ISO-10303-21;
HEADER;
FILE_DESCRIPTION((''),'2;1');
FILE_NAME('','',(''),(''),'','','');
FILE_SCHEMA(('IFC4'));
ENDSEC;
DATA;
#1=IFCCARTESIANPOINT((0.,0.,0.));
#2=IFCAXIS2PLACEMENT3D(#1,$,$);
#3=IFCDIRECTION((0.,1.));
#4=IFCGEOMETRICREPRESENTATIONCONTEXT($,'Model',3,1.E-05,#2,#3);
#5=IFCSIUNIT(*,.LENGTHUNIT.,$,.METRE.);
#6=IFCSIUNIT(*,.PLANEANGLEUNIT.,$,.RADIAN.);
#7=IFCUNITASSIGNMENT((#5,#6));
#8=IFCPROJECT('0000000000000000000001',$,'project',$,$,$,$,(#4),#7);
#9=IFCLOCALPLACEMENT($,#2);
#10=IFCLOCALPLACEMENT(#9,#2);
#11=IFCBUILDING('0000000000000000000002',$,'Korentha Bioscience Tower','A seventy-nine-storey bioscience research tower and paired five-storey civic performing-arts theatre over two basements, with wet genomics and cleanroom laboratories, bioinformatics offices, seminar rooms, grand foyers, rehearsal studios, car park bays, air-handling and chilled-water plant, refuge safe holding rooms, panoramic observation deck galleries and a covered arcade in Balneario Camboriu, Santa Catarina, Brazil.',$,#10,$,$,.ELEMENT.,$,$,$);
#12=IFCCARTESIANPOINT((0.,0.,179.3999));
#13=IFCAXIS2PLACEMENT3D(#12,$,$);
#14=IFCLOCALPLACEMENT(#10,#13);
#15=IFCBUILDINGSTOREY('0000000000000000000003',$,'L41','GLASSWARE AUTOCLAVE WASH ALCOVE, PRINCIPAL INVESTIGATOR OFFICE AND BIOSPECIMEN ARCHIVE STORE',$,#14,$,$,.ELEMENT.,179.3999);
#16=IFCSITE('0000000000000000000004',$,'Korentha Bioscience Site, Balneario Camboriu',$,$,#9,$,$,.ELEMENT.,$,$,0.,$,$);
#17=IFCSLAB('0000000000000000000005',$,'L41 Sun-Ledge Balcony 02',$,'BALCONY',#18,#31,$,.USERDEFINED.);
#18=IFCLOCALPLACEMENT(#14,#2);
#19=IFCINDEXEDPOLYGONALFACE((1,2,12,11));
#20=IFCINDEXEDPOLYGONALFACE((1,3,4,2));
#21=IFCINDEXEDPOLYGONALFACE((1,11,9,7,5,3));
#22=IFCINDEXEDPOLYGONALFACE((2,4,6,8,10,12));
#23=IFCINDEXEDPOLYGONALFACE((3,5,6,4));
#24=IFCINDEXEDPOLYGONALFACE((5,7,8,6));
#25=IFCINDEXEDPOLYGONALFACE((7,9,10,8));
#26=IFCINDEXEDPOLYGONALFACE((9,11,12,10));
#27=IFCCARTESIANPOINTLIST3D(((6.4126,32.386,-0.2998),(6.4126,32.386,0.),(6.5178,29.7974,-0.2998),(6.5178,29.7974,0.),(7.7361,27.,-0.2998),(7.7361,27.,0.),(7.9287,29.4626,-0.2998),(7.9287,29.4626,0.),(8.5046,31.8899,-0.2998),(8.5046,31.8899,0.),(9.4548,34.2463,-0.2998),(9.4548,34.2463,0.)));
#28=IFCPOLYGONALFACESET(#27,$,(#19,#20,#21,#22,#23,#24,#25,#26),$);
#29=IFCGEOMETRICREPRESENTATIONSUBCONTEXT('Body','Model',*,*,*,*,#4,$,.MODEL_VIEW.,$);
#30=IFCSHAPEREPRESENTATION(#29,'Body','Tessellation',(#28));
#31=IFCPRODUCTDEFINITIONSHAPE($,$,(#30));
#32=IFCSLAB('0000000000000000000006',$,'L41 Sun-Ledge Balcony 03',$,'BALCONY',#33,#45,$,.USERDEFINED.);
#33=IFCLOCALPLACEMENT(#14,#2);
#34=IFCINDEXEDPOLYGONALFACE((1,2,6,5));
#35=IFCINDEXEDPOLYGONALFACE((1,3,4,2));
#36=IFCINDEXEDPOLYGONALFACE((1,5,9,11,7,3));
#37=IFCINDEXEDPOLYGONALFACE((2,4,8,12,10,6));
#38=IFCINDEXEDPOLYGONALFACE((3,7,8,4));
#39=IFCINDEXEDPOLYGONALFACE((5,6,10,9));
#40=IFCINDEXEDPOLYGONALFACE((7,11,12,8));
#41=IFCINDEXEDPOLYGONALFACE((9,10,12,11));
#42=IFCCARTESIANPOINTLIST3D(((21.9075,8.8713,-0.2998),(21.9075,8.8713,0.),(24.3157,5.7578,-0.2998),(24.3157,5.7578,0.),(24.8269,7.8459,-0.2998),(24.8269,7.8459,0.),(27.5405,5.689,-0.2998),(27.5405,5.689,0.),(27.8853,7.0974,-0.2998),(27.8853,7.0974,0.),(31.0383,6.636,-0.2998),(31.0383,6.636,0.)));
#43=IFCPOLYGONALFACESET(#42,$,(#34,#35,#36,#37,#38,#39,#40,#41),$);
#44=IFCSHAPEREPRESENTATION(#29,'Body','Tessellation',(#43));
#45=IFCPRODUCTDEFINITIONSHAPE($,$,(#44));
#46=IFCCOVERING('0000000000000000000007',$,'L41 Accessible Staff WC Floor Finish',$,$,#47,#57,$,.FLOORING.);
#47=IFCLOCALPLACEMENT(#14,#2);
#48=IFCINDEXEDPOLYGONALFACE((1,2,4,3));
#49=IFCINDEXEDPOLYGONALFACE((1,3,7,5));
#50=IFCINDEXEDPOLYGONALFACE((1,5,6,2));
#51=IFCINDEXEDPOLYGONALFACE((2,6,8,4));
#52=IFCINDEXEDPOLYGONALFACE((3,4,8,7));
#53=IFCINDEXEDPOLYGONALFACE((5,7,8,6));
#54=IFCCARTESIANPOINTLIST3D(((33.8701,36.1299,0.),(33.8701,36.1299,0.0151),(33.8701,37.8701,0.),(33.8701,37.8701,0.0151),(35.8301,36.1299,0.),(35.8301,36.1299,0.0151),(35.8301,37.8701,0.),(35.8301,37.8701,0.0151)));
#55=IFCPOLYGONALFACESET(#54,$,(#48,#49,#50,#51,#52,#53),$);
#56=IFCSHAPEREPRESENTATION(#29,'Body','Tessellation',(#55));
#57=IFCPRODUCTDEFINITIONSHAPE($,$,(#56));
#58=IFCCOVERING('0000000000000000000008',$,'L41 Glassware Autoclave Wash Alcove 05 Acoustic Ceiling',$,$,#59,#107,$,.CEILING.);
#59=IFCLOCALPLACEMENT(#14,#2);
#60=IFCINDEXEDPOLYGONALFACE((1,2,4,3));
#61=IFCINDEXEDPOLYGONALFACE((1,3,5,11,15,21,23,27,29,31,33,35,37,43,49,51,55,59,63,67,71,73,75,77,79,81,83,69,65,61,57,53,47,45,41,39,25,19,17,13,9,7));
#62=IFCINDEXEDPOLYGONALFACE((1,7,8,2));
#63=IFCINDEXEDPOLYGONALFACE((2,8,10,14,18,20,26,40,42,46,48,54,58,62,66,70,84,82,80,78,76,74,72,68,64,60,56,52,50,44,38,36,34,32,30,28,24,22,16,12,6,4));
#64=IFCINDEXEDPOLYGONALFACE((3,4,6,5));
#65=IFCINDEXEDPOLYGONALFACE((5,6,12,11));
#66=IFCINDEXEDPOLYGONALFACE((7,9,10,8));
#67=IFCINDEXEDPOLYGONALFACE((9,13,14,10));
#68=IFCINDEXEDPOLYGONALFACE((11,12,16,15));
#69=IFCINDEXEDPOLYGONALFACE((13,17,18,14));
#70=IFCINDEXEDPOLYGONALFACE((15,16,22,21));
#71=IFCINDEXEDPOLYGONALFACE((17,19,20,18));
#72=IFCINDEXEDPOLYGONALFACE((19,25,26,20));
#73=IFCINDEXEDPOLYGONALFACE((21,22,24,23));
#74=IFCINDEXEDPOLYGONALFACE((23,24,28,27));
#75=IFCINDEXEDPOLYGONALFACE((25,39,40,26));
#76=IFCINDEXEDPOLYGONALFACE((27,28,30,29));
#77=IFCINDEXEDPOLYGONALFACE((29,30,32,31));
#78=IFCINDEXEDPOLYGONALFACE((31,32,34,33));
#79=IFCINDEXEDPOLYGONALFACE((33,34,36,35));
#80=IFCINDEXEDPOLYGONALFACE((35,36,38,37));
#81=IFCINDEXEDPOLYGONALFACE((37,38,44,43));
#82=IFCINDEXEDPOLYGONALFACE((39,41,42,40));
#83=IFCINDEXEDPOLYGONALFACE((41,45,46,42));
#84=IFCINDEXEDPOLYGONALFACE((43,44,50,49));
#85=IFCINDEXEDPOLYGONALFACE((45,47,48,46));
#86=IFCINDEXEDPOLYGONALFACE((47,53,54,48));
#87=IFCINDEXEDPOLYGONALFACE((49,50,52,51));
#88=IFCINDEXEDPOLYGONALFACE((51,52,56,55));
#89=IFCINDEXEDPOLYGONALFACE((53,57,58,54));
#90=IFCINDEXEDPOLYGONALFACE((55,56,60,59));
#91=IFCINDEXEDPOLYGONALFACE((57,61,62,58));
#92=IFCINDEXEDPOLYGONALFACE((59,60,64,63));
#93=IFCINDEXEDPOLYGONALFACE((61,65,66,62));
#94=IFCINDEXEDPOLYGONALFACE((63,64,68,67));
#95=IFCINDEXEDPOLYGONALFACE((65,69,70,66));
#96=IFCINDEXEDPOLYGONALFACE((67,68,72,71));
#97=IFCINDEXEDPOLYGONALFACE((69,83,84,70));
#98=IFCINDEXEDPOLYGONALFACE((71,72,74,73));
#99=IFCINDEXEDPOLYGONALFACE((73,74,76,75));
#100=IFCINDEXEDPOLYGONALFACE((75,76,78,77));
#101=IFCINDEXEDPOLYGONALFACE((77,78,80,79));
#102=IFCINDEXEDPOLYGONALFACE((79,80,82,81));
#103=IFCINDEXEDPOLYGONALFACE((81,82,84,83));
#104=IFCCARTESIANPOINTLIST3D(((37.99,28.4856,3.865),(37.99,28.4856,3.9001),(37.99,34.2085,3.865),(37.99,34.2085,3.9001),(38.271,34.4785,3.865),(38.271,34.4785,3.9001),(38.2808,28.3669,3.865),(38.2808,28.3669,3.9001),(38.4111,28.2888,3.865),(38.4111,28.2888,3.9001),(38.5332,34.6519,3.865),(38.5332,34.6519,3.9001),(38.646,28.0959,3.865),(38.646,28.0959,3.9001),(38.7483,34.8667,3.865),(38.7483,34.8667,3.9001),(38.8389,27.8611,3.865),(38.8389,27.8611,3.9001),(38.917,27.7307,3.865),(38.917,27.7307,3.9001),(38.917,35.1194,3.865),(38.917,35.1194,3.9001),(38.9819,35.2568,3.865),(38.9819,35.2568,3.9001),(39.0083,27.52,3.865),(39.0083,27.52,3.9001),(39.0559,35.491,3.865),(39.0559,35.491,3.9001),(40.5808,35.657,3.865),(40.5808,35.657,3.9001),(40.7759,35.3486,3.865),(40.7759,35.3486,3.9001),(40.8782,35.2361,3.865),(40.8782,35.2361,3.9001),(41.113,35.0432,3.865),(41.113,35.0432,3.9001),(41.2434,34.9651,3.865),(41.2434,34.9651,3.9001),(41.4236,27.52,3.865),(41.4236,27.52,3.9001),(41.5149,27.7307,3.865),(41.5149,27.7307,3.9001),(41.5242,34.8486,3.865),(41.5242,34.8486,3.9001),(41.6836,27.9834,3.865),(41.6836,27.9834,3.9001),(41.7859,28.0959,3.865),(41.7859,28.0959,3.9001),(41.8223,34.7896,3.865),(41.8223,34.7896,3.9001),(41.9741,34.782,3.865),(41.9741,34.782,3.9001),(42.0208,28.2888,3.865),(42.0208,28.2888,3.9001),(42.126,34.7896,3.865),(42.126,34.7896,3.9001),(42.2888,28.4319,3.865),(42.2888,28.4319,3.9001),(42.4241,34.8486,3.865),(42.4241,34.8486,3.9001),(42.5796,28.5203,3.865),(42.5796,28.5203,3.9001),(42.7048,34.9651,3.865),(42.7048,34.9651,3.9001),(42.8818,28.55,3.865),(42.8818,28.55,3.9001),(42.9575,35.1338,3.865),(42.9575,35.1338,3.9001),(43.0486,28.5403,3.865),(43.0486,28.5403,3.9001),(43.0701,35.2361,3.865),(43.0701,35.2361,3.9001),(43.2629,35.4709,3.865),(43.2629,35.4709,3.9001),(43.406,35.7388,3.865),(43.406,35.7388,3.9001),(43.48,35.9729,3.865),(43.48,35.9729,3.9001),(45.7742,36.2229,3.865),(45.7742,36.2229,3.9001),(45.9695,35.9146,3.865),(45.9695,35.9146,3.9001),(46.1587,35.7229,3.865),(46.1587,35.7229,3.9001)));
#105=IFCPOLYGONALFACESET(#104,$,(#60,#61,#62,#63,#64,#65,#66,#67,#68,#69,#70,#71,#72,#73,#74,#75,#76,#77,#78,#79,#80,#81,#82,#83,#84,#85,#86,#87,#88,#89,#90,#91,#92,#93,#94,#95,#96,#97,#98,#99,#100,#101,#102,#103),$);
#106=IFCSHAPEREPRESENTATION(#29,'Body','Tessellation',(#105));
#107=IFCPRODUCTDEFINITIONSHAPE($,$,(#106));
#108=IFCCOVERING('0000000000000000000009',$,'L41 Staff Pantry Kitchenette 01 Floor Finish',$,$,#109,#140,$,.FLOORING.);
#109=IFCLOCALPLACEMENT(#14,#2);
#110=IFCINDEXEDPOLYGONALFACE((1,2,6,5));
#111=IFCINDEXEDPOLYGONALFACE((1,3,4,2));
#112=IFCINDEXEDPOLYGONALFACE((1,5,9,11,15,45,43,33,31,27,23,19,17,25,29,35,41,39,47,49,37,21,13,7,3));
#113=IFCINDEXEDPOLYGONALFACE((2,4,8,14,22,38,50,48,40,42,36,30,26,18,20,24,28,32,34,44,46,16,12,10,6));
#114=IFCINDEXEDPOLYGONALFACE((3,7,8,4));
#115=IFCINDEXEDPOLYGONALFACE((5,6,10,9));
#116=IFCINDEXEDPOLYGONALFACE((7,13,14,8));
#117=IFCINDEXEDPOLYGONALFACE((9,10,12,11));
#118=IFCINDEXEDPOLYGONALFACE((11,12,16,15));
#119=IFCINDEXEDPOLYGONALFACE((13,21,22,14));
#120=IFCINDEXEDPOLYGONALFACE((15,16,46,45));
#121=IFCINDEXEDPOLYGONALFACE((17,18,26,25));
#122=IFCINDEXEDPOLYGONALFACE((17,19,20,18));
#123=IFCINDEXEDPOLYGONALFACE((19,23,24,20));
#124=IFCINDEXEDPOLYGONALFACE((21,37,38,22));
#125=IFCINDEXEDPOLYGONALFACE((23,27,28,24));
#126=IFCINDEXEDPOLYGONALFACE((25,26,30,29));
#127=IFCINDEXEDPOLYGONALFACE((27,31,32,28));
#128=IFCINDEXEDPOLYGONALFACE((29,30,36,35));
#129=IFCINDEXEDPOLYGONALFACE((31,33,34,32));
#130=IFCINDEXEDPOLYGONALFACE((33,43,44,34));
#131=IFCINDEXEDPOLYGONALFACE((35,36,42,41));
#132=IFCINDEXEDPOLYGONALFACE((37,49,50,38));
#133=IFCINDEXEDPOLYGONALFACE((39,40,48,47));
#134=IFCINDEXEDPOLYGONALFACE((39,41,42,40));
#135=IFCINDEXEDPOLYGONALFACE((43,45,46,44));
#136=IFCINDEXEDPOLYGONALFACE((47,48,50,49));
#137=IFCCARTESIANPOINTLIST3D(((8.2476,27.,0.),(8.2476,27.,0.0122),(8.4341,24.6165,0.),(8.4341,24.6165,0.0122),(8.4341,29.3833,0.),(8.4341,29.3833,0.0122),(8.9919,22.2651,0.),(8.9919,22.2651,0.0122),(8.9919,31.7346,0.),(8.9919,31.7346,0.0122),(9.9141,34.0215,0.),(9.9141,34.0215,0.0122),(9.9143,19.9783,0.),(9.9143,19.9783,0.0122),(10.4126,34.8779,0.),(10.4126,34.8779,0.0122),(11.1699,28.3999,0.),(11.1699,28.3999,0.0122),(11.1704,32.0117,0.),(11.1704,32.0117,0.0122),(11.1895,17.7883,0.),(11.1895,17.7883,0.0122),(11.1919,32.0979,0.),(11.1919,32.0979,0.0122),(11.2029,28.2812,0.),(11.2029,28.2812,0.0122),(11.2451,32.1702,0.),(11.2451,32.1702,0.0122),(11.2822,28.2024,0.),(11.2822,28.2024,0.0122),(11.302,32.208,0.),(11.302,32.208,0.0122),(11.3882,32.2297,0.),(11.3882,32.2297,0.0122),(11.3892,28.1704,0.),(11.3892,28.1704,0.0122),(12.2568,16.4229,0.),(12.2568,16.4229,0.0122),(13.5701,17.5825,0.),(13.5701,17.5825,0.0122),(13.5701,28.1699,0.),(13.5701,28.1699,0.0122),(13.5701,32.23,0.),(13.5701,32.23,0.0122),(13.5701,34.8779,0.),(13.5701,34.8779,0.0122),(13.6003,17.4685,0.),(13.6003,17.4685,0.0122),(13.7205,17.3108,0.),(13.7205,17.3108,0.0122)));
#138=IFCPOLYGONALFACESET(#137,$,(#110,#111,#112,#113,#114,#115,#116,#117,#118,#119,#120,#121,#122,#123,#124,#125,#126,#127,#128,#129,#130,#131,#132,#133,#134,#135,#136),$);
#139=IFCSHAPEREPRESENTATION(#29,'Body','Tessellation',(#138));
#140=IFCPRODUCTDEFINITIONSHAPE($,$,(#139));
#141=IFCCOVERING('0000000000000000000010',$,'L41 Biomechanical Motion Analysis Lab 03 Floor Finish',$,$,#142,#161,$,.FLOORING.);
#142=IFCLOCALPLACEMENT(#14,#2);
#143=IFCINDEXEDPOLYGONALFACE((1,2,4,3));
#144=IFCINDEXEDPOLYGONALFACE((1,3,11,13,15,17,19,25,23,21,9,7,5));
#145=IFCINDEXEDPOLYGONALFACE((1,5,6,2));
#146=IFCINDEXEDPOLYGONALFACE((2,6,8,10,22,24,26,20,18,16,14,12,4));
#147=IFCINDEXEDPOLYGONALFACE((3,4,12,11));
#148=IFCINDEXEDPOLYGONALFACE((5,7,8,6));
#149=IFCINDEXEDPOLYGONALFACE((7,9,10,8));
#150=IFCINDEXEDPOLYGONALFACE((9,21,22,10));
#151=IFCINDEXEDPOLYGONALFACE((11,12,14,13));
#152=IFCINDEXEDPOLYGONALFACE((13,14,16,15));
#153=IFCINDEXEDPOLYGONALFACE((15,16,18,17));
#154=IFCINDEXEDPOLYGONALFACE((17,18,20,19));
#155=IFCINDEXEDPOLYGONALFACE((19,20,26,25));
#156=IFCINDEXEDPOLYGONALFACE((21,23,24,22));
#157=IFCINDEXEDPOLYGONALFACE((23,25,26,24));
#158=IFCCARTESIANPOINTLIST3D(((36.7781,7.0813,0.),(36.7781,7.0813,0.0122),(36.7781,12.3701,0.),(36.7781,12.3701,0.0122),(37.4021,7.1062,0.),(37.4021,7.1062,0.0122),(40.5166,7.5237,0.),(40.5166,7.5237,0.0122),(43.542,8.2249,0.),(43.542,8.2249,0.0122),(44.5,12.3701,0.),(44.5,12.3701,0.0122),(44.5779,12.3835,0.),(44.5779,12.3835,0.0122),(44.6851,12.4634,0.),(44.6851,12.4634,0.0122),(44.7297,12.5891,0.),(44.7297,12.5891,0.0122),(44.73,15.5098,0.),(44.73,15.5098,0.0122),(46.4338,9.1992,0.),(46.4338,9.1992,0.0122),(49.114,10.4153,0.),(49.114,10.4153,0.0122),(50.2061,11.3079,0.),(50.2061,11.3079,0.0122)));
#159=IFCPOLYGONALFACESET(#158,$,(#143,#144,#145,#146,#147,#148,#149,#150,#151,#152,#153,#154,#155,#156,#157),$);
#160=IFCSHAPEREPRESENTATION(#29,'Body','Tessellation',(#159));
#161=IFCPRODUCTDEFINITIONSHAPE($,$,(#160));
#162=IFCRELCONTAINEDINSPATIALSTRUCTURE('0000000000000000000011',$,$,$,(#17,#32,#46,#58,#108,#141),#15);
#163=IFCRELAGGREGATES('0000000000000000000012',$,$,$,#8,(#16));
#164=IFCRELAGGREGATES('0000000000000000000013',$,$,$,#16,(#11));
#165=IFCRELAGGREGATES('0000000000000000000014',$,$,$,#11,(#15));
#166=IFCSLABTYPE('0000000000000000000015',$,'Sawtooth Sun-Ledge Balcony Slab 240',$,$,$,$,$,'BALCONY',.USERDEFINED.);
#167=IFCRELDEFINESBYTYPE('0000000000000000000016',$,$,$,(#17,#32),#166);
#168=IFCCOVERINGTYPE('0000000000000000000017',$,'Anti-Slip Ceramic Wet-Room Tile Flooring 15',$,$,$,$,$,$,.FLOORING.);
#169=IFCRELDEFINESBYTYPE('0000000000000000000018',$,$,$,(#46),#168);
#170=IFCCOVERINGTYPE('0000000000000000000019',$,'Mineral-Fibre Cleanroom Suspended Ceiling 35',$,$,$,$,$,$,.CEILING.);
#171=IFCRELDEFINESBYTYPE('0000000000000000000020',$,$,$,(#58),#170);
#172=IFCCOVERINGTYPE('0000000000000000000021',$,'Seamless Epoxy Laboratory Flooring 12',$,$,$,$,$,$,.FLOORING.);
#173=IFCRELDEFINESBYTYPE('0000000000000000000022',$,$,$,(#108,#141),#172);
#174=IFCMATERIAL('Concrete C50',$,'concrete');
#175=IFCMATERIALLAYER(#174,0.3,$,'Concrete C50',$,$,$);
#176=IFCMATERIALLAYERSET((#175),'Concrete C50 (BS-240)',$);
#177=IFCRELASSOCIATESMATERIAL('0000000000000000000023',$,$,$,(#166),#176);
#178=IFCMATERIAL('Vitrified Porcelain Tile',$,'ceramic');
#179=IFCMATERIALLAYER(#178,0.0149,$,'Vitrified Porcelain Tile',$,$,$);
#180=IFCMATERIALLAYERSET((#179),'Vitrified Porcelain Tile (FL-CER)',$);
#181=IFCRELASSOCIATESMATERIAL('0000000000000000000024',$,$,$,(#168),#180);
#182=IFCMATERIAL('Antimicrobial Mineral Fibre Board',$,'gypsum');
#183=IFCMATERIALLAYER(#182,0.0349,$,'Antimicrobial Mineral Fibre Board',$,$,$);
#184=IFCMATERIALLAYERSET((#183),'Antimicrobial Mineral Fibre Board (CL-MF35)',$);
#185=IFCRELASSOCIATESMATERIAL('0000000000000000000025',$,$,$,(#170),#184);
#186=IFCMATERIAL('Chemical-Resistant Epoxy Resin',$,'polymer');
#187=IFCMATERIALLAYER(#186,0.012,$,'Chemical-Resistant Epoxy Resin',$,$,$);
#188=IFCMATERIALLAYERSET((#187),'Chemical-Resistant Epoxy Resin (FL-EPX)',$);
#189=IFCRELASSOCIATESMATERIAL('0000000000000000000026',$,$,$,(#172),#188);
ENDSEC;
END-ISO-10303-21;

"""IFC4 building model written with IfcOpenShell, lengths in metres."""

from ifc_helpers import new_model, si_unit, direction, frame, origin, place, context, subcontext, project, spatial, polyline, outline, extrude, material, layer, layer_set, type_object, element, save


model = new_model("IFC4")

# Units and contexts
model_context = context("Model", 3, precision=1e-05, world=origin(), true_north=direction((0.0, 1.0)))
body_context = subcontext(model_context, "Body", "Model", "MODEL_VIEW")
ifc_project = project(units=[si_unit("LENGTHUNIT", "METRE"), si_unit("PLANEANGLEUNIT", "RADIAN")], contexts=[model_context])

# Site, building, storey
site_placement = place(None, origin())
site = spatial("IfcSite", under=ifc_project, at=site_placement, Name="Korentha Bioscience Site, Balneario Camboriu", CompositionType="ELEMENT", RefElevation=0.0)
building_placement = place(site_placement, origin())
building = spatial("IfcBuilding", under=site, at=building_placement, Name="Korentha Bioscience Tower", Description="A seventy-nine-storey bioscience research tower and paired five-storey civic performing-arts theatre over two basements, with wet genomics and cleanroom laboratories, bioinformatics offices, seminar rooms, grand foyers, rehearsal studios, car park bays, air-handling and chilled-water plant, refuge safe holding rooms, panoramic observation deck galleries and a covered arcade in Balneario Camboriu, Santa Catarina, Brazil.", CompositionType="ELEMENT")
storey_placement = place(building_placement, frame((0.0, 0.0, 179.3999)))
storey = spatial("IfcBuildingStorey", under=building, at=storey_placement, Name="L41", Description="GLASSWARE AUTOCLAVE WASH ALCOVE, PRINCIPAL INVESTIGATOR OFFICE AND BIOSPECIMEN ARCHIVE STORE", CompositionType="ELEMENT", Elevation=179.3999)

# Shared definitions
ifc_material_1 = material(Name="Concrete C50", Category="concrete")

# Slabs
ifc_layer_1 = layer(ifc_material_1, 0.3, Name="Concrete C50")
ifc_layer_set_1 = layer_set([ifc_layer_1], Name="Concrete C50 (BS-240)")
slab_type_1 = type_object("IfcSlabType", Name="Sawtooth Sun-Ledge Balcony Slab 240", ElementType="BALCONY", PredefinedType="USERDEFINED", material=ifc_layer_set_1)
slab_1_placement = place(storey_placement, frame((0.0, 0.0, -0.2998)))
element("IfcSlab", 1, at=slab_1_placement, inside=storey, type_object=slab_type_1, Name="L41 Sun-Ledge Balcony 02", ObjectType="BALCONY", PredefinedType="USERDEFINED", context=body_context, shape_type="SweptSolid", body=[
    extrude(outline(polyline([(7.7361, 27.0), (7.9287, 29.4626), (8.5046, 31.8899), (9.4548, 34.2463), (6.4126, 32.386), (6.5178, 29.7974), (7.7361, 27.0)])), origin(), (0.0, 0.0, 1.0), 0.2998),
])
slab_2_placement = place(storey_placement, frame((0.0, 0.0, -0.2998)))
element("IfcSlab", 2, at=slab_2_placement, inside=storey, type_object=slab_type_1, Name="L41 Sun-Ledge Balcony 03", ObjectType="BALCONY", PredefinedType="USERDEFINED", context=body_context, shape_type="SweptSolid", body=[
    extrude(outline(polyline([(31.0383, 6.636), (27.8853, 7.0974), (24.8269, 7.8459), (21.9075, 8.8713), (24.3157, 5.7578), (27.5405, 5.689), (31.0383, 6.636)])), origin(), (0.0, 0.0, 1.0), 0.2998),
])

# Coverings
ifc_material_2 = material(Name="Vitrified Porcelain Tile", Category="ceramic")
ifc_layer_2 = layer(ifc_material_2, 0.0149, Name="Vitrified Porcelain Tile")
ifc_layer_set_2 = layer_set([ifc_layer_2], Name="Vitrified Porcelain Tile (FL-CER)")
covering_type_1 = type_object("IfcCoveringType", Name="Anti-Slip Ceramic Wet-Room Tile Flooring 15", PredefinedType="FLOORING", material=ifc_layer_set_2)
covering_1_placement = place(storey_placement, origin())
element("IfcCovering", 3, at=covering_1_placement, inside=storey, type_object=covering_type_1, Name="L41 Accessible Staff WC Floor Finish", PredefinedType="FLOORING", context=body_context, shape_type="SweptSolid", body=[
    extrude(outline(polyline([(33.8701, 36.1299), (33.8701, 37.8701), (35.8301, 37.8701), (35.8301, 36.1299), (33.8701, 36.1299)])), origin(), (0.0, 0.0, 1.0), 0.0151),
])
ifc_material_3 = material(Name="Antimicrobial Mineral Fibre Board", Category="gypsum")
ifc_layer_3 = layer(ifc_material_3, 0.0349, Name="Antimicrobial Mineral Fibre Board")
ifc_layer_set_3 = layer_set([ifc_layer_3], Name="Antimicrobial Mineral Fibre Board (CL-MF35)")
covering_type_2 = type_object("IfcCoveringType", Name="Mineral-Fibre Cleanroom Suspended Ceiling 35", PredefinedType="CEILING", material=ifc_layer_set_3)
covering_2_placement = place(storey_placement, frame((0.0, 0.0, 3.865)))
element("IfcCovering", 4, at=covering_2_placement, inside=storey, type_object=covering_type_2, Name="L41 Glassware Autoclave Wash Alcove 05 Acoustic Ceiling", PredefinedType="CEILING", context=body_context, shape_type="SweptSolid", body=[
    extrude(outline(polyline([(40.5808, 35.657), (40.7759, 35.3486), (40.8782, 35.2361), (41.113, 35.0432), (41.2434, 34.9651), (41.5242, 34.8486), (41.8223, 34.7896), (41.9741, 34.782), (42.126, 34.7896), (42.4241, 34.8486), (42.7048, 34.9651), (42.9575, 35.1338), (43.0701, 35.2361), (43.2629, 35.4709), (43.406, 35.7388), (43.48, 35.9729), (45.7742, 36.2229), (45.9695, 35.9146), (46.1587, 35.7229), (43.0486, 28.5403), (42.8818, 28.55), (42.5796, 28.5203), (42.2888, 28.4319), (42.0208, 28.2888), (41.7859, 28.0959), (41.6836, 27.9834), (41.5149, 27.7307), (41.4236, 27.52), (39.0083, 27.52), (38.917, 27.7307), (38.8389, 27.8611), (38.646, 28.0959), (38.4111, 28.2888), (38.2808, 28.3669), (37.99, 28.4856), (37.99, 34.2085), (38.271, 34.4785), (38.5332, 34.6519), (38.7483, 34.8667), (38.917, 35.1194), (38.9819, 35.2568), (39.0559, 35.491), (40.5808, 35.657)])), origin(), (0.0, 0.0, 1.0), 0.0352),
])
ifc_material_4 = material(Name="Chemical-Resistant Epoxy Resin", Category="polymer")
ifc_layer_4 = layer(ifc_material_4, 0.012, Name="Chemical-Resistant Epoxy Resin")
ifc_layer_set_4 = layer_set([ifc_layer_4], Name="Chemical-Resistant Epoxy Resin (FL-EPX)")
covering_type_3 = type_object("IfcCoveringType", Name="Seamless Epoxy Laboratory Flooring 12", PredefinedType="FLOORING", material=ifc_layer_set_4)
covering_3_placement = place(storey_placement, origin())
element("IfcCovering", 5, at=covering_3_placement, inside=storey, type_object=covering_type_3, Name="L41 Staff Pantry Kitchenette 01 Floor Finish", PredefinedType="FLOORING", context=body_context, shape_type="SweptSolid", body=[
    extrude(outline(polyline([(8.4341, 29.3833), (8.9919, 31.7346), (9.9141, 34.0215), (10.4126, 34.8779), (13.5701, 34.8779), (13.5701, 32.23), (11.3882, 32.2297), (11.302, 32.208), (11.2451, 32.1702), (11.1919, 32.0979), (11.1704, 32.0117), (11.1699, 28.3999), (11.2029, 28.2812), (11.2822, 28.2024), (11.3892, 28.1704), (13.5701, 28.1699), (13.5701, 17.5825), (13.6003, 17.4685), (13.7205, 17.3108), (12.2568, 16.4229), (11.1895, 17.7883), (9.9143, 19.9783), (8.9919, 22.2651), (8.4341, 24.6165), (8.2476, 27.0), (8.4341, 29.3833)])), origin(), (0.0, 0.0, 1.0), 0.0122),
])
covering_4_placement = place(storey_placement, origin())
element("IfcCovering", 6, at=covering_4_placement, inside=storey, type_object=covering_type_3, Name="L41 Biomechanical Motion Analysis Lab 03 Floor Finish", PredefinedType="FLOORING", context=body_context, shape_type="SweptSolid", body=[
    extrude(outline(polyline([(43.542, 8.2249), (40.5166, 7.5237), (37.4021, 7.1062), (36.7781, 7.0813), (36.7781, 12.3701), (44.5, 12.3701), (44.5779, 12.3835), (44.6851, 12.4634), (44.7297, 12.5891), (44.73, 15.5098), (50.2061, 11.3079), (49.114, 10.4153), (46.4338, 9.1992), (43.542, 8.2249)])), origin(), (0.0, 0.0, 1.0), 0.0122),
])

save(model, "model.ifc")
